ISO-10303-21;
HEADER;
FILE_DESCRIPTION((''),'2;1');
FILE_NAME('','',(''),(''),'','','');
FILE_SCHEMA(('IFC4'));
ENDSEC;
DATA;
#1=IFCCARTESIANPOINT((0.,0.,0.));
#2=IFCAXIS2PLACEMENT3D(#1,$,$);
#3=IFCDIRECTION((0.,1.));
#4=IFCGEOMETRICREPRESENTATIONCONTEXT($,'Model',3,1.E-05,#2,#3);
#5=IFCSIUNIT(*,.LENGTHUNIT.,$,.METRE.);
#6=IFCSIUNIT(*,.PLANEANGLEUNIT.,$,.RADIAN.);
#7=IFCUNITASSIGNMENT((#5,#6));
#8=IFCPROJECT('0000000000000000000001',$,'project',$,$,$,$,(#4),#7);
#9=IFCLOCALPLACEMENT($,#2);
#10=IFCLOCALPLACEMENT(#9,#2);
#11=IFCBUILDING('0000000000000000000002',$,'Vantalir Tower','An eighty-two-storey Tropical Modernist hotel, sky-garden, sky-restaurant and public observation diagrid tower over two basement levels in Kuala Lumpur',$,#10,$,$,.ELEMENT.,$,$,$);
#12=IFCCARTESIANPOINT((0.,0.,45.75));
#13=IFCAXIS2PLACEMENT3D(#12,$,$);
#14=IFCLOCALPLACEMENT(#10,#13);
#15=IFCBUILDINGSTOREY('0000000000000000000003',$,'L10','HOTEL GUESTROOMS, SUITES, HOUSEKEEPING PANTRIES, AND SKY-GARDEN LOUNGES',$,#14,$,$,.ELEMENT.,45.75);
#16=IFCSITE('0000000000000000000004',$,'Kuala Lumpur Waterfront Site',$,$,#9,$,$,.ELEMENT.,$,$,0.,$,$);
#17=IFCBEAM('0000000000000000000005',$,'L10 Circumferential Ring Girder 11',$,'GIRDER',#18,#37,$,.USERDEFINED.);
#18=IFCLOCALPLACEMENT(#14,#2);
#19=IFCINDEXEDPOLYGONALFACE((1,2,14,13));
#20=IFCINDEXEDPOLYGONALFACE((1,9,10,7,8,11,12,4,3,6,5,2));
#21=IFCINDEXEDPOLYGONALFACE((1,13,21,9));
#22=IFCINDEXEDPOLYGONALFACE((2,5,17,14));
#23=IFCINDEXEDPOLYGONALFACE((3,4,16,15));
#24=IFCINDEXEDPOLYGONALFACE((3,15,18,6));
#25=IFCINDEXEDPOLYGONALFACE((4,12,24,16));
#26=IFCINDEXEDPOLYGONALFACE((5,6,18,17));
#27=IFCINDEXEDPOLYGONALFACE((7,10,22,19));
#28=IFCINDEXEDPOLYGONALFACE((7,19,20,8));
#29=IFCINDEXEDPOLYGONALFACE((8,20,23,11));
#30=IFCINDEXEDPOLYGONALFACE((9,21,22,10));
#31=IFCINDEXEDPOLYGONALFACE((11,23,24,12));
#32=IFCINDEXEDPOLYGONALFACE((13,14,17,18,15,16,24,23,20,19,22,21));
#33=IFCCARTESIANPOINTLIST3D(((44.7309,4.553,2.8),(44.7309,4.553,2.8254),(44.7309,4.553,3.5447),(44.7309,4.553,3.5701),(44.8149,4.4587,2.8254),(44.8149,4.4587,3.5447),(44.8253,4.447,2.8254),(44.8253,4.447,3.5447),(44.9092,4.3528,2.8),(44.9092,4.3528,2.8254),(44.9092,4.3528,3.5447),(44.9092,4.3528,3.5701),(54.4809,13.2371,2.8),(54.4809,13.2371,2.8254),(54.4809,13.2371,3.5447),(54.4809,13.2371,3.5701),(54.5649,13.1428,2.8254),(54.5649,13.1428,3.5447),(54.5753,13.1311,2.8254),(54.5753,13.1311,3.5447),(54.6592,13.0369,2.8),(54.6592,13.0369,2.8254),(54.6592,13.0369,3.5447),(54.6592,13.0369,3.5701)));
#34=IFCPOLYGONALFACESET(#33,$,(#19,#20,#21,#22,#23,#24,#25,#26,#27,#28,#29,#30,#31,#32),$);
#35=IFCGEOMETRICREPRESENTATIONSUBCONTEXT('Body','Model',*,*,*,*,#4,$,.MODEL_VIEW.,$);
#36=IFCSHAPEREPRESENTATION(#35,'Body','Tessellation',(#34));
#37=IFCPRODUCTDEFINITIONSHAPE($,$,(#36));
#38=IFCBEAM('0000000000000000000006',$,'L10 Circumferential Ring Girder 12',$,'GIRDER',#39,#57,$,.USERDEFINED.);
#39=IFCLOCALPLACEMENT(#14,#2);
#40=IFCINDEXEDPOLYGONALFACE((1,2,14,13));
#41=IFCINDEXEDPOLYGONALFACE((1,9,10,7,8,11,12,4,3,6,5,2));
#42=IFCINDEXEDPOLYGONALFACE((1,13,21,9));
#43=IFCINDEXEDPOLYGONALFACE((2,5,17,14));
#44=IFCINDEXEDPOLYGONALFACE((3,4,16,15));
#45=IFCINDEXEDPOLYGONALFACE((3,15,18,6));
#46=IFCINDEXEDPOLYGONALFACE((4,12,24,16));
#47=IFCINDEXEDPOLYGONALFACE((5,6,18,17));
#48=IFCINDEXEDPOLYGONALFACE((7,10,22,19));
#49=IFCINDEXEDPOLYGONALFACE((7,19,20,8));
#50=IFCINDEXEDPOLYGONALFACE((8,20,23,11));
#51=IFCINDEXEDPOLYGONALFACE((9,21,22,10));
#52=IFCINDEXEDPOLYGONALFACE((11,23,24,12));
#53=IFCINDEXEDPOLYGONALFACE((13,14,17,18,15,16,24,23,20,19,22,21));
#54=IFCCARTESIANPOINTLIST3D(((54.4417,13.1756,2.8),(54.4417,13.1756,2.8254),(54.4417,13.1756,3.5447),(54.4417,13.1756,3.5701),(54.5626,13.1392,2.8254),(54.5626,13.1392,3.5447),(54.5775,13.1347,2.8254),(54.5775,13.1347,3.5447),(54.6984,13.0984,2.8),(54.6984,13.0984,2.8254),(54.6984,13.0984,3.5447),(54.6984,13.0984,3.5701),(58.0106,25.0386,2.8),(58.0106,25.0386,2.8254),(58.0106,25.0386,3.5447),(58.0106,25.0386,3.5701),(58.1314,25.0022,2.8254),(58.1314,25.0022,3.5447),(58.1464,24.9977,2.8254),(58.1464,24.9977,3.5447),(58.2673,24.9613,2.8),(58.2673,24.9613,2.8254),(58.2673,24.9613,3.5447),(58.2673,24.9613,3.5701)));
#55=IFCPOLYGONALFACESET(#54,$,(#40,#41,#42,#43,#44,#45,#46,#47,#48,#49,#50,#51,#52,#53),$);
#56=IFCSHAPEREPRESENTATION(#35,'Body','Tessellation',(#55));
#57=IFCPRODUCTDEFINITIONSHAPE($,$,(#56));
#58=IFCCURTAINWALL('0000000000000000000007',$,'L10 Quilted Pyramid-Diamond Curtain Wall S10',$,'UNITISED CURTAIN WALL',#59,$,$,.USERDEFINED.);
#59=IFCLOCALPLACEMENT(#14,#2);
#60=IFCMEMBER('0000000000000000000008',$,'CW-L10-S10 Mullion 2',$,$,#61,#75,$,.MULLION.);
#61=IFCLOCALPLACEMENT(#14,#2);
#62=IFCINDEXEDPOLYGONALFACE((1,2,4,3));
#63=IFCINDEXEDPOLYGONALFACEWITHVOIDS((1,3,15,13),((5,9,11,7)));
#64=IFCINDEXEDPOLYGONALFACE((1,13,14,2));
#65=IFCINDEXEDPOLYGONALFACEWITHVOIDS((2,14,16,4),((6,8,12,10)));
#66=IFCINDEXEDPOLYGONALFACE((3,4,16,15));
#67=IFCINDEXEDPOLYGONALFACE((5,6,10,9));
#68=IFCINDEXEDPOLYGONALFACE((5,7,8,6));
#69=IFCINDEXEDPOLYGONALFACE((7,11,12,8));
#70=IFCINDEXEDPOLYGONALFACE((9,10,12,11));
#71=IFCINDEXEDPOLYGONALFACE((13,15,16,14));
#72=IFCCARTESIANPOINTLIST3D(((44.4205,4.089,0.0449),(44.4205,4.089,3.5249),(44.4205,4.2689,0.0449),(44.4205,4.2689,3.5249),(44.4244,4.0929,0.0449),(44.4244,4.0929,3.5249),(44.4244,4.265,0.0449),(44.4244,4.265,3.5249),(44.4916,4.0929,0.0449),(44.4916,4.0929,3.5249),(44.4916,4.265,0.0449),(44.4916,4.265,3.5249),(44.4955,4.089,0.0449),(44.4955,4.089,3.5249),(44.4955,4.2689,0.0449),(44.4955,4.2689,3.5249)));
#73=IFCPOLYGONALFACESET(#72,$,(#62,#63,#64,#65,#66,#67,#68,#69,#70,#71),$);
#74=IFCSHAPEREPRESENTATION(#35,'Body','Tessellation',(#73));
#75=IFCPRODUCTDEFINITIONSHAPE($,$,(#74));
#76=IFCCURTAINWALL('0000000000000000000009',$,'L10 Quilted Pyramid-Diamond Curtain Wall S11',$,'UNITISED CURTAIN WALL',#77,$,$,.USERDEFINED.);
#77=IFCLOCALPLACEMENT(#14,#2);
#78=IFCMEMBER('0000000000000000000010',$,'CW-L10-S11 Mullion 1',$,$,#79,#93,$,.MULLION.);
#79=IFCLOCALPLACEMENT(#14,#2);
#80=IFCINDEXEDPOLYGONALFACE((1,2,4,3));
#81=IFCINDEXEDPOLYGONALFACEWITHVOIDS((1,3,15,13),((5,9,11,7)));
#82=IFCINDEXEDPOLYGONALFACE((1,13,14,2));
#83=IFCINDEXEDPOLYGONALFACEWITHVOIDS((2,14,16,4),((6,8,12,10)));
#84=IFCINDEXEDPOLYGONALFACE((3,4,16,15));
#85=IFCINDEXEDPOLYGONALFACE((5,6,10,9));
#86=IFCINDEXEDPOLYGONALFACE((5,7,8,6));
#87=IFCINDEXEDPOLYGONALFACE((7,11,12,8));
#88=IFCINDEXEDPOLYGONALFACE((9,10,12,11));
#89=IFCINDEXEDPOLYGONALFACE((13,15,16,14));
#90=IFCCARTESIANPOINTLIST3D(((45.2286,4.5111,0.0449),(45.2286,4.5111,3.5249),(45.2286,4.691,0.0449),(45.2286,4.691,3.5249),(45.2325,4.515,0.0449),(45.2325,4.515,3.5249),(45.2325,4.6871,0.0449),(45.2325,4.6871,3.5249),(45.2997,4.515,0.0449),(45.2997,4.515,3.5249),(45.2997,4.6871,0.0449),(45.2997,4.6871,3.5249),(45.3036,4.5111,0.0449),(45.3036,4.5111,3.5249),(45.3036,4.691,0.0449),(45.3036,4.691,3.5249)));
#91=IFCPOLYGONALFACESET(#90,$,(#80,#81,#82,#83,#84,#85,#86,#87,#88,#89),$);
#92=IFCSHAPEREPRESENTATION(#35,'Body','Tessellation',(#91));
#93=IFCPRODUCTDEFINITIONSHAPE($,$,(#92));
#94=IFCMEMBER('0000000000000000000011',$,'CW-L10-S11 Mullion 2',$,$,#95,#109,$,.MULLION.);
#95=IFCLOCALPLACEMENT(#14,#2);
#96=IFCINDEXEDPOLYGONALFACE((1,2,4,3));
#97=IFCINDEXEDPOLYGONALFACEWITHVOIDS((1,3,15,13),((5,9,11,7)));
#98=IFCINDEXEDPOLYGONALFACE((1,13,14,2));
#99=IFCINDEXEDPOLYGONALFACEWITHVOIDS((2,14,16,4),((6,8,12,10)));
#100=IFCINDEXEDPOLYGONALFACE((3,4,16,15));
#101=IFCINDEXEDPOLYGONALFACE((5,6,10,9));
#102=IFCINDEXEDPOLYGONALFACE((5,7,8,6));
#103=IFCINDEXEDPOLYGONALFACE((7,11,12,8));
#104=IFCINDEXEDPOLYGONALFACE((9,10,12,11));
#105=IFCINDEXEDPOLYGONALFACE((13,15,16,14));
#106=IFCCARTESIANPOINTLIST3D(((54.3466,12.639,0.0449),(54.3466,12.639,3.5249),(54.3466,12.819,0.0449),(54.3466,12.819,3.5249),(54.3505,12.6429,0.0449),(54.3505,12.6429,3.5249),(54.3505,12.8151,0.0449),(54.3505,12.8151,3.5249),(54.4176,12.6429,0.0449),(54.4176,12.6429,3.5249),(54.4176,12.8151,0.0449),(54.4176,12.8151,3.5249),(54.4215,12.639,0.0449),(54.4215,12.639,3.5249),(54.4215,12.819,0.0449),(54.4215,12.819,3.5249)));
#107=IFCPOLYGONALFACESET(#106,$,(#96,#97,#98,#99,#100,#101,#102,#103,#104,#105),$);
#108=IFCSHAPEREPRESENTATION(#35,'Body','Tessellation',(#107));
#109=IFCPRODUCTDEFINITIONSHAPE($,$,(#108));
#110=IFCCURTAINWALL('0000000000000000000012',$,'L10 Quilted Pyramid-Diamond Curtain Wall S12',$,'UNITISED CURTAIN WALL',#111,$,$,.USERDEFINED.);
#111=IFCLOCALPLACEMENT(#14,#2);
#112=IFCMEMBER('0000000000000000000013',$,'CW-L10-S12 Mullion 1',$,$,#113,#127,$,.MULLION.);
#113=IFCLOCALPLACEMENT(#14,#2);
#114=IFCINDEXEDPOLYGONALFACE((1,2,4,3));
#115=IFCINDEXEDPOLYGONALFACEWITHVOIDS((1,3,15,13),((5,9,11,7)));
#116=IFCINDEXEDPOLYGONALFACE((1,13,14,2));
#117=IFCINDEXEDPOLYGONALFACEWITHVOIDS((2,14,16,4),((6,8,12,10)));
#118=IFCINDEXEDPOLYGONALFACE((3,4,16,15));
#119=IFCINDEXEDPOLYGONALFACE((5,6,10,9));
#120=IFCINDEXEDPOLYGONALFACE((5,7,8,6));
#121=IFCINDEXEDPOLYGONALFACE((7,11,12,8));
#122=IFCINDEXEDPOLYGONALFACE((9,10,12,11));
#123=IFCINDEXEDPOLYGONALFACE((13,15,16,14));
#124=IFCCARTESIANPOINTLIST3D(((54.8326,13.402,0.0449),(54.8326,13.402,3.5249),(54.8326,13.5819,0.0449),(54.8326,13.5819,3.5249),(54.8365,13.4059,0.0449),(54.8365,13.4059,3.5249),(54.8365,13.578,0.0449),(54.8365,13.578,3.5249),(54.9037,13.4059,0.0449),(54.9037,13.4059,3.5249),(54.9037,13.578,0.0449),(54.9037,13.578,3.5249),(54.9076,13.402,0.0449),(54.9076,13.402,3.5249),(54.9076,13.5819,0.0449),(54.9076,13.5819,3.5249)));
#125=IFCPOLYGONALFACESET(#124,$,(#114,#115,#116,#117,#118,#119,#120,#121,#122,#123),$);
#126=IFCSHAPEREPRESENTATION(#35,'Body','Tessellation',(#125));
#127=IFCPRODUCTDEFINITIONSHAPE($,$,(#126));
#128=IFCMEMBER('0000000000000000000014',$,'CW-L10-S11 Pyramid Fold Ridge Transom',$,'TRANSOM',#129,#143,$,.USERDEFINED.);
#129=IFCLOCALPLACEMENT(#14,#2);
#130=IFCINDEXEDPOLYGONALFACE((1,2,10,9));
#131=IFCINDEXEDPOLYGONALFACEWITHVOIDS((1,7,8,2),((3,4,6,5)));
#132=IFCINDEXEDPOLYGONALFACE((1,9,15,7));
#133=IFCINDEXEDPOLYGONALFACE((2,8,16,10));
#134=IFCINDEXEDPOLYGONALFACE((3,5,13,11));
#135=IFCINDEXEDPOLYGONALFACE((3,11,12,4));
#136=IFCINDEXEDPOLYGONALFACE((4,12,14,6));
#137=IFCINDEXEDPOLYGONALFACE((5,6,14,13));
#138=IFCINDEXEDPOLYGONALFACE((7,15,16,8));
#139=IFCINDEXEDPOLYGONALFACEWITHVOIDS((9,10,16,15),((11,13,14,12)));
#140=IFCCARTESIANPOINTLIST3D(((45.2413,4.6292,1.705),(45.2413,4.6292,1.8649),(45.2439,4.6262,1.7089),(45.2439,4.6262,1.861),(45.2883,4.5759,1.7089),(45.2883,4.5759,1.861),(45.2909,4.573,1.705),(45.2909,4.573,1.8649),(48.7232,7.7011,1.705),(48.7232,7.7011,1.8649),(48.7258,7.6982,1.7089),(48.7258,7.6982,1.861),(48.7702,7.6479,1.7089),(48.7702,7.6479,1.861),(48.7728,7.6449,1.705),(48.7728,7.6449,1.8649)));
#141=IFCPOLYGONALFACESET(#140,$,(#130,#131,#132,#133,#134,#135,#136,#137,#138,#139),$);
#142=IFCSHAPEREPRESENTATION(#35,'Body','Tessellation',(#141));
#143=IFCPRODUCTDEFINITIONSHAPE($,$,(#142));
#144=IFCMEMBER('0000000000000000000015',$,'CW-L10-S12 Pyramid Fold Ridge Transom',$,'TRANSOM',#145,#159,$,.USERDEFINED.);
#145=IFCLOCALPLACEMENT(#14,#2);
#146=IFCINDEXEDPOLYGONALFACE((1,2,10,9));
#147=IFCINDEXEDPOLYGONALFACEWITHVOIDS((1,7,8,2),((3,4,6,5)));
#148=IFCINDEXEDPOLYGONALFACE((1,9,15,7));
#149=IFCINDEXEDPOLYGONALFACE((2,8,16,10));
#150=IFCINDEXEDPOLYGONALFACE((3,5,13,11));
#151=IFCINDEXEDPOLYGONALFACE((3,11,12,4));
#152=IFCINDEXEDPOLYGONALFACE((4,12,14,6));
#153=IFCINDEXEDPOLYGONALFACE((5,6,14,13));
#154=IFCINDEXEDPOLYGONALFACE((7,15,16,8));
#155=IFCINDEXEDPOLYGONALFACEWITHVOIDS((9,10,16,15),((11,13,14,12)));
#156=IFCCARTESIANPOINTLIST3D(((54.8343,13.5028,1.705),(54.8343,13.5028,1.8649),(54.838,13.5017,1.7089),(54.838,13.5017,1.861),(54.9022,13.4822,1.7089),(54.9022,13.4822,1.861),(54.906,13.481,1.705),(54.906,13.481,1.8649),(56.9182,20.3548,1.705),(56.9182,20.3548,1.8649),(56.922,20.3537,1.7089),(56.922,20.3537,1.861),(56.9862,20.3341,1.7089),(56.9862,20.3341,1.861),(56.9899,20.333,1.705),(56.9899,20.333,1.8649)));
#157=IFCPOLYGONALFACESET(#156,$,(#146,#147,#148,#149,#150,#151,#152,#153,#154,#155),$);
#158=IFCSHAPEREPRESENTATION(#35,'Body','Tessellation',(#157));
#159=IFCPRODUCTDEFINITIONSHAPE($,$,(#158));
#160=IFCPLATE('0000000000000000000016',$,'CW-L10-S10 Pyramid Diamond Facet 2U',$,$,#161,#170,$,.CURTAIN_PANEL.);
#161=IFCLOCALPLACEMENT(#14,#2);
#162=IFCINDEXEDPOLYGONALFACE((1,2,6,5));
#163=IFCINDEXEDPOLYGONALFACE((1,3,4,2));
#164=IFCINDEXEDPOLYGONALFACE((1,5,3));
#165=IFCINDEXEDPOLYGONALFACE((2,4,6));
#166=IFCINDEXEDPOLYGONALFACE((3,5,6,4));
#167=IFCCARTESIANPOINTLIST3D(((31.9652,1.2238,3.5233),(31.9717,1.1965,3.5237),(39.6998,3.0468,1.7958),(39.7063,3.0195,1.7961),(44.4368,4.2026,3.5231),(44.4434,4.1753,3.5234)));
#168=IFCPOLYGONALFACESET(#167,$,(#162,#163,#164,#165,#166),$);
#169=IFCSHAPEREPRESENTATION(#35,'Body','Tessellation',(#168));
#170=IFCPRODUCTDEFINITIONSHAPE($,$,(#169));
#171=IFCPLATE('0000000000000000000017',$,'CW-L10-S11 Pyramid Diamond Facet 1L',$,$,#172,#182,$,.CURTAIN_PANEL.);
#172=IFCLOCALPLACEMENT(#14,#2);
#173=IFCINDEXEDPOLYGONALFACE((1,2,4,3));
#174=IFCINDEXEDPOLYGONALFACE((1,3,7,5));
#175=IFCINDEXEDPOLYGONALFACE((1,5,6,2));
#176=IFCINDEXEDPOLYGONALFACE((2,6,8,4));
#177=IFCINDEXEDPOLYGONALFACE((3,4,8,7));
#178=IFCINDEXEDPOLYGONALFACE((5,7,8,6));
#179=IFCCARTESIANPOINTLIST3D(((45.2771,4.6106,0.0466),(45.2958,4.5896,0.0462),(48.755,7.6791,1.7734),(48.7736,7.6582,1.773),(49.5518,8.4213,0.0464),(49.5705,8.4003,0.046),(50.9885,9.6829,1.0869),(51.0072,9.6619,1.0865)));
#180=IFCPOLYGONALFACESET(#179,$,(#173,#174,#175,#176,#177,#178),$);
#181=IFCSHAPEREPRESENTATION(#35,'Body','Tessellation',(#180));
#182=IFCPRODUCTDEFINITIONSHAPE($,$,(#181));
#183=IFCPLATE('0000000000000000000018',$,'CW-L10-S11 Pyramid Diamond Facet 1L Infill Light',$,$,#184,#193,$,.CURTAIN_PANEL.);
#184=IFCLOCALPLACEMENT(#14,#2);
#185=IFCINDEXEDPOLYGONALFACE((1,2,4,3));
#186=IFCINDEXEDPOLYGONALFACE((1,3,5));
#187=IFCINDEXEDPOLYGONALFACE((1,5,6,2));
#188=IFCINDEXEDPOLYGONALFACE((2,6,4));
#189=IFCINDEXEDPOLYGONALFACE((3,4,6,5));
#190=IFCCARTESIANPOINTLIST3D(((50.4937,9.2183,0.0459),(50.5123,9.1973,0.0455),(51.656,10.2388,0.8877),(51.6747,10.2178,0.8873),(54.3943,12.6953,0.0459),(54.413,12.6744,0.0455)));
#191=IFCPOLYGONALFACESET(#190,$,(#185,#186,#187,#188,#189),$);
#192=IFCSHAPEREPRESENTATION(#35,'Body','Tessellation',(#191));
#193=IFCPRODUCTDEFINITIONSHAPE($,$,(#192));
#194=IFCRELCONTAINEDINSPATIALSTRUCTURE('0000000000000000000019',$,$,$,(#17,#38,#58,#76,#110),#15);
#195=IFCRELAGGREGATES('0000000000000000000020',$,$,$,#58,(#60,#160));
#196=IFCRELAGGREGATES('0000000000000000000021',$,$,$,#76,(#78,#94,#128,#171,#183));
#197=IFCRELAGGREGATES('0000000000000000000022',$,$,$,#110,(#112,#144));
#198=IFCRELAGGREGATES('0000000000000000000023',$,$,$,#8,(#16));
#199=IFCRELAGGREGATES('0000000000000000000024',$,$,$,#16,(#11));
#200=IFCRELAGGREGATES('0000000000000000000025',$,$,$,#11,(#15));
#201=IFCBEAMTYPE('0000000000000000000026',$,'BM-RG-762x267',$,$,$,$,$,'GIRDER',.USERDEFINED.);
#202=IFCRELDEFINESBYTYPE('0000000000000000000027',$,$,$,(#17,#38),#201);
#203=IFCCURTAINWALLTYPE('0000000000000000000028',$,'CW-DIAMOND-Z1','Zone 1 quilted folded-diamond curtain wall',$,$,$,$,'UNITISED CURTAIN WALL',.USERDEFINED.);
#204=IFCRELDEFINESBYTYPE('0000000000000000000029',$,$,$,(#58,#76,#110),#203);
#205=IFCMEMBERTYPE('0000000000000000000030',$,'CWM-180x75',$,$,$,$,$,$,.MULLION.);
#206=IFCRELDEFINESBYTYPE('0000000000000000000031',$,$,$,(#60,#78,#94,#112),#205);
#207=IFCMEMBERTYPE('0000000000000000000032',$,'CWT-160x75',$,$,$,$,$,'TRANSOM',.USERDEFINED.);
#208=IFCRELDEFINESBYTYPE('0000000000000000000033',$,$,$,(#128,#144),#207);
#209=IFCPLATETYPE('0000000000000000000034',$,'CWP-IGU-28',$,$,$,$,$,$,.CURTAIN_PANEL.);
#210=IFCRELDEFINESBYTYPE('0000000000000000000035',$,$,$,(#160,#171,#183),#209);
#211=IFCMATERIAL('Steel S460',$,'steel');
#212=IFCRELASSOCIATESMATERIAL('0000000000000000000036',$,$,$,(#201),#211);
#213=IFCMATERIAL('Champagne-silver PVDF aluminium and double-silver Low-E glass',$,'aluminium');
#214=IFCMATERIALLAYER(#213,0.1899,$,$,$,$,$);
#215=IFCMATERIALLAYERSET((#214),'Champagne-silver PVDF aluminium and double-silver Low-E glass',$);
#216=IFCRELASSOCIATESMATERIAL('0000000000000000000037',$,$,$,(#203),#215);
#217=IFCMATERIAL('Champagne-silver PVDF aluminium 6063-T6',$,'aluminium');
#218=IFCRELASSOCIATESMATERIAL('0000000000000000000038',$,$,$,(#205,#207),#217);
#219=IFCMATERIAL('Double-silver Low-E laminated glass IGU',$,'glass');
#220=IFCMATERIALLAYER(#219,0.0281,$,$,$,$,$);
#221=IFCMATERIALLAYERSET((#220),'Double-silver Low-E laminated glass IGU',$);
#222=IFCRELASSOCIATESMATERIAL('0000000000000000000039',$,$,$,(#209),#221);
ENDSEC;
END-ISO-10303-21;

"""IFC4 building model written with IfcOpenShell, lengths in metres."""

from ifc_helpers import new_model, si_unit, direction, frame, origin, origin_2d, place, context, subcontext, project, spatial, polyline, hollow_rectangle, i_section, outline, extrude, material, layer, layer_set, material_profile, profile_set, type_object, element, aggregate, save


model = new_model("IFC4")

# Units and contexts
model_context = context("Model", 3, precision=1e-05, world=origin(), true_north=direction((0.0, 1.0)))
body_context = subcontext(model_context, "Body", "Model", "MODEL_VIEW")
ifc_project = project(units=[si_unit("LENGTHUNIT", "METRE"), si_unit("PLANEANGLEUNIT", "RADIAN")], contexts=[model_context])

# Site, building, storey
site_placement = place(None, origin())
site = spatial("IfcSite", under=ifc_project, at=site_placement, Name="Kuala Lumpur Waterfront Site", CompositionType="ELEMENT", RefElevation=0.0)
building_placement = place(site_placement, origin())
building = spatial("IfcBuilding", under=site, at=building_placement, Name="Vantalir Tower", Description="An eighty-two-storey Tropical Modernist hotel, sky-garden, sky-restaurant and public observation diagrid tower over two basement levels in Kuala Lumpur", CompositionType="ELEMENT")
storey_placement = place(building_placement, frame((0.0, 0.0, 45.75)))
storey = spatial("IfcBuildingStorey", under=building, at=storey_placement, Name="L10", Description="HOTEL GUESTROOMS, SUITES, HOUSEKEEPING PANTRIES, AND SKY-GARDEN LOUNGES", CompositionType="ELEMENT", Elevation=45.75)

# Shared definitions
ifc_material_1 = material(Name="Steel S460", Category="steel")

# Beams
ifc_material_profile_1 = material_profile(ifc_material_1, i_section(OverallWidth=0.2681, OverallDepth=0.77, WebThickness=0.0156, FlangeThickness=0.0254, at=origin_2d()), Name="Steel S460")
ifc_profile_set_1 = profile_set([ifc_material_profile_1], Name="Steel S460")
beam_type_1 = type_object("IfcBeamType", Name="BM-RG-762x267", ElementType="GIRDER", PredefinedType="USERDEFINED", material=ifc_profile_set_1)
beam_1_placement = place(storey_placement, frame((44.8201, 4.4529, 3.1851), z_axis=(0.746747, 0.665109, 0.0), x_axis=(-0.665109, 0.746747, 0.0)))
element("IfcBeam", 1, at=beam_1_placement, inside=storey, type_object=beam_type_1, Name="L10 Circumferential Ring Girder 11", ObjectType="GIRDER", PredefinedType="USERDEFINED", context=body_context, shape_type="SweptSolid", body=[
    extrude(i_section(OverallWidth=0.2681, OverallDepth=0.77, WebThickness=0.0156, FlangeThickness=0.0254, at=origin_2d()), origin(), (0.0, 0.0, 1.0), 13.0566),
])
beam_2_placement = place(storey_placement, frame((54.5701, 13.137, 3.1851), z_axis=(0.288084, 0.957605, 0.0), x_axis=(-0.957605, 0.288084, 0.0)))
element("IfcBeam", 2, at=beam_2_placement, inside=storey, type_object=beam_type_1, Name="L10 Circumferential Ring Girder 12", ObjectType="GIRDER", PredefinedType="USERDEFINED", context=body_context, shape_type="SweptSolid", body=[
    extrude(i_section(OverallWidth=0.2681, OverallDepth=0.77, WebThickness=0.0156, FlangeThickness=0.0254, at=origin_2d()), origin(), (0.0, 0.0, 1.0), 12.3882),
])

# Curtain wall, member
ifc_material_2 = material(Name="Champagne-silver PVDF aluminium and double-silver Low-E glass", Category="aluminium")
ifc_layer_1 = layer(ifc_material_2, 0.1899)
ifc_layer_set_1 = layer_set([ifc_layer_1], Name="Champagne-silver PVDF aluminium and double-silver Low-E glass")
curtain_wall_type = type_object("IfcCurtainWallType", Name="CW-DIAMOND-Z1", Description="Zone 1 quilted folded-diamond curtain wall", ElementType="UNITISED CURTAIN WALL", PredefinedType="USERDEFINED", material=ifc_layer_set_1)
curtain_wall_1_placement = place(storey_placement, origin())
curtain_wall_1 = element("IfcCurtainWall", 3, at=curtain_wall_1_placement, inside=storey, type_object=curtain_wall_type, Name="L10 Quilted Pyramid-Diamond Curtain Wall S10", ObjectType="UNITISED CURTAIN WALL", PredefinedType="USERDEFINED")
ifc_material_3 = material(Name="Champagne-silver PVDF aluminium 6063-T6", Category="aluminium")
ifc_material_profile_2 = material_profile(ifc_material_3, hollow_rectangle(XDim=0.075, YDim=0.1799, WallThickness=0.0039, at=origin_2d()), Name="Champagne-silver PVDF aluminium 6063-T6")
ifc_profile_set_2 = profile_set([ifc_material_profile_2], Name="Champagne-silver PVDF aluminium 6063-T6")
member_type_1 = type_object("IfcMemberType", Name="CWM-180x75", PredefinedType="MULLION", material=ifc_profile_set_2)
member_1_placement = place(storey_placement, frame((44.458, 4.179, 0.0449), z_axis=(0.0, 0.0, 1.0), x_axis=(1.0, 0.0, 0.0)))
member_1 = element("IfcMember", 4, at=member_1_placement, type_object=member_type_1, Name="CW-L10-S10 Mullion 2", PredefinedType="MULLION", context=body_context, shape_type="SweptSolid", body=[
    extrude(hollow_rectangle(XDim=0.075, YDim=0.1799, WallThickness=0.0039, at=origin_2d()), origin(), (0.0, 0.0, 1.0), 3.48),
])

# Curtain wall, members
curtain_wall_2_placement = place(storey_placement, origin())
curtain_wall_2 = element("IfcCurtainWall", 5, at=curtain_wall_2_placement, inside=storey, type_object=curtain_wall_type, Name="L10 Quilted Pyramid-Diamond Curtain Wall S11", ObjectType="UNITISED CURTAIN WALL", PredefinedType="USERDEFINED")
member_2_placement = place(storey_placement, frame((45.2661, 4.6011, 0.0449), z_axis=(0.0, 0.0, 1.0), x_axis=(1.0, 0.0, 0.0)))
member_2 = element("IfcMember", 6, at=member_2_placement, type_object=member_type_1, Name="CW-L10-S11 Mullion 1", PredefinedType="MULLION", context=body_context, shape_type="SweptSolid", body=[
    extrude(hollow_rectangle(XDim=0.075, YDim=0.1799, WallThickness=0.0039, at=origin_2d()), origin(), (0.0, 0.0, 1.0), 3.48),
])
member_3_placement = place(storey_placement, frame((54.384, 12.729, 0.0449), z_axis=(0.0, 0.0, 1.0), x_axis=(1.0, 0.0, 0.0)))
member_3 = element("IfcMember", 7, at=member_3_placement, type_object=member_type_1, Name="CW-L10-S11 Mullion 2", PredefinedType="MULLION", context=body_context, shape_type="SweptSolid", body=[
    extrude(hollow_rectangle(XDim=0.075, YDim=0.1799, WallThickness=0.0039, at=origin_2d()), origin(), (0.0, 0.0, 1.0), 3.48),
])

# Curtain wall, member
curtain_wall_3_placement = place(storey_placement, origin())
curtain_wall_3 = element("IfcCurtainWall", 8, at=curtain_wall_3_placement, inside=storey, type_object=curtain_wall_type, Name="L10 Quilted Pyramid-Diamond Curtain Wall S12", ObjectType="UNITISED CURTAIN WALL", PredefinedType="USERDEFINED")
member_4_placement = place(storey_placement, frame((54.8701, 13.4919, 0.0449), z_axis=(0.0, 0.0, 1.0), x_axis=(1.0, 0.0, 0.0)))
member_4 = element("IfcMember", 9, at=member_4_placement, type_object=member_type_1, Name="CW-L10-S12 Mullion 1", PredefinedType="MULLION", context=body_context, shape_type="SweptSolid", body=[
    extrude(hollow_rectangle(XDim=0.075, YDim=0.1799, WallThickness=0.0039, at=origin_2d()), origin(), (0.0, 0.0, 1.0), 3.48),
])

# Members
ifc_material_profile_3 = material_profile(ifc_material_3, hollow_rectangle(XDim=0.075, YDim=0.1599, WallThickness=0.0039, at=origin_2d()), Name="Champagne-silver PVDF aluminium 6063-T6")
ifc_profile_set_3 = profile_set([ifc_material_profile_3], Name="Champagne-silver PVDF aluminium 6063-T6")
member_type_2 = type_object("IfcMemberType", Name="CWT-160x75", ElementType="TRANSOM", PredefinedType="USERDEFINED", material=ifc_profile_set_3)
member_5_placement = place(storey_placement, frame((45.2661, 4.6011, 1.7849), z_axis=(0.749867, 0.661589, 0.0), x_axis=(-0.661589, 0.749867, 0.0)))
member_5 = element("IfcMember", 10, at=member_5_placement, type_object=member_type_2, Name="CW-L10-S11 Pyramid Fold Ridge Transom", ObjectType="TRANSOM", PredefinedType="USERDEFINED", context=body_context, shape_type="SweptSolid", body=[
    extrude(hollow_rectangle(XDim=0.075, YDim=0.1599, WallThickness=0.0039, at=origin_2d()), origin(), (0.0, 0.0, 1.0), 4.6433),
])
member_6_placement = place(storey_placement, frame((54.8701, 13.4919, 1.7849), z_axis=(0.29098, 0.956729, 0.0), x_axis=(-0.956729, 0.29098, 0.0)))
member_6 = element("IfcMember", 11, at=member_6_placement, type_object=member_type_2, Name="CW-L10-S12 Pyramid Fold Ridge Transom", ObjectType="TRANSOM", PredefinedType="USERDEFINED", context=body_context, shape_type="SweptSolid", body=[
    extrude(hollow_rectangle(XDim=0.075, YDim=0.1599, WallThickness=0.0039, at=origin_2d()), origin(), (0.0, 0.0, 1.0), 7.1619),
])

# Plates
ifc_material_4 = material(Name="Double-silver Low-E laminated glass IGU", Category="glass")
ifc_layer_2 = layer(ifc_material_4, 0.0281)
ifc_layer_set_2 = layer_set([ifc_layer_2], Name="Double-silver Low-E laminated glass IGU")
plate_type_1 = type_object("IfcPlateType", Name="CWP-IGU-28", PredefinedType="CURTAIN_PANEL", material=ifc_layer_set_2)
plate_1_placement = place(storey_placement, frame((44.4434, 4.1753, 3.5234), z_axis=(0.232286, -0.972551, 0.013711), x_axis=(-0.972642, -0.232308, 0.000019)))
plate_1 = element("IfcPlate", 12, at=plate_1_placement, type_object=plate_type_1, Name="CW-L10-S10 Pyramid Diamond Facet 2U", PredefinedType="CURTAIN_PANEL", context=body_context, shape_type="SweptSolid", body=[
    extrude(outline(polyline([(0.0, 0.0), (12.8225, 0.0), (4.8759, 1.7276), (0.0, 0.0)])), origin(), (0.0, 0.0, -1.0), 0.0281),
])
aggregate(curtain_wall_1, [member_1, plate_1])
plate_2_placement = place(storey_placement, frame((45.2771, 4.6106, 0.0466), z_axis=(-0.665367, 0.74639, 0.01375), x_axis=(0.74646, 0.66543, -0.000043)))
plate_2 = element("IfcPlate", 13, at=plate_2_placement, type_object=plate_type_1, Name="CW-L10-S11 Pyramid Diamond Facet 1L", PredefinedType="CURTAIN_PANEL", context=body_context, shape_type="SweptSolid", body=[
    extrude(outline(polyline([(0.0, 0.0), (5.7267, 0.0), (7.6385, -1.0407), (4.6379, -1.7272), (0.0, 0.0)])), origin(), (0.0, 0.0, -1.0), 0.0281),
])
plate_3_placement = place(storey_placement, frame((50.4937, 9.2183, 0.0459), z_axis=(-0.665349, 0.746404, 0.013851), x_axis=(0.746475, 0.665413, 0.0)))
plate_3 = element("IfcPlate", 14, at=plate_3_placement, type_object=plate_type_1, Name="CW-L10-S11 Pyramid Diamond Facet 1L Infill Light", PredefinedType="CURTAIN_PANEL", context=body_context, shape_type="SweptSolid", body=[
    extrude(outline(polyline([(0.0, 0.0), (5.2254, 0.0), (1.5467, -0.8419), (0.0, 0.0)])), origin(), (0.0, 0.0, -1.0), 0.0281),
])
aggregate(curtain_wall_2, [member_2, member_3, member_5, plate_2, plate_3])
aggregate(curtain_wall_3, [member_4, member_6])

save(model, "model.ifc")
